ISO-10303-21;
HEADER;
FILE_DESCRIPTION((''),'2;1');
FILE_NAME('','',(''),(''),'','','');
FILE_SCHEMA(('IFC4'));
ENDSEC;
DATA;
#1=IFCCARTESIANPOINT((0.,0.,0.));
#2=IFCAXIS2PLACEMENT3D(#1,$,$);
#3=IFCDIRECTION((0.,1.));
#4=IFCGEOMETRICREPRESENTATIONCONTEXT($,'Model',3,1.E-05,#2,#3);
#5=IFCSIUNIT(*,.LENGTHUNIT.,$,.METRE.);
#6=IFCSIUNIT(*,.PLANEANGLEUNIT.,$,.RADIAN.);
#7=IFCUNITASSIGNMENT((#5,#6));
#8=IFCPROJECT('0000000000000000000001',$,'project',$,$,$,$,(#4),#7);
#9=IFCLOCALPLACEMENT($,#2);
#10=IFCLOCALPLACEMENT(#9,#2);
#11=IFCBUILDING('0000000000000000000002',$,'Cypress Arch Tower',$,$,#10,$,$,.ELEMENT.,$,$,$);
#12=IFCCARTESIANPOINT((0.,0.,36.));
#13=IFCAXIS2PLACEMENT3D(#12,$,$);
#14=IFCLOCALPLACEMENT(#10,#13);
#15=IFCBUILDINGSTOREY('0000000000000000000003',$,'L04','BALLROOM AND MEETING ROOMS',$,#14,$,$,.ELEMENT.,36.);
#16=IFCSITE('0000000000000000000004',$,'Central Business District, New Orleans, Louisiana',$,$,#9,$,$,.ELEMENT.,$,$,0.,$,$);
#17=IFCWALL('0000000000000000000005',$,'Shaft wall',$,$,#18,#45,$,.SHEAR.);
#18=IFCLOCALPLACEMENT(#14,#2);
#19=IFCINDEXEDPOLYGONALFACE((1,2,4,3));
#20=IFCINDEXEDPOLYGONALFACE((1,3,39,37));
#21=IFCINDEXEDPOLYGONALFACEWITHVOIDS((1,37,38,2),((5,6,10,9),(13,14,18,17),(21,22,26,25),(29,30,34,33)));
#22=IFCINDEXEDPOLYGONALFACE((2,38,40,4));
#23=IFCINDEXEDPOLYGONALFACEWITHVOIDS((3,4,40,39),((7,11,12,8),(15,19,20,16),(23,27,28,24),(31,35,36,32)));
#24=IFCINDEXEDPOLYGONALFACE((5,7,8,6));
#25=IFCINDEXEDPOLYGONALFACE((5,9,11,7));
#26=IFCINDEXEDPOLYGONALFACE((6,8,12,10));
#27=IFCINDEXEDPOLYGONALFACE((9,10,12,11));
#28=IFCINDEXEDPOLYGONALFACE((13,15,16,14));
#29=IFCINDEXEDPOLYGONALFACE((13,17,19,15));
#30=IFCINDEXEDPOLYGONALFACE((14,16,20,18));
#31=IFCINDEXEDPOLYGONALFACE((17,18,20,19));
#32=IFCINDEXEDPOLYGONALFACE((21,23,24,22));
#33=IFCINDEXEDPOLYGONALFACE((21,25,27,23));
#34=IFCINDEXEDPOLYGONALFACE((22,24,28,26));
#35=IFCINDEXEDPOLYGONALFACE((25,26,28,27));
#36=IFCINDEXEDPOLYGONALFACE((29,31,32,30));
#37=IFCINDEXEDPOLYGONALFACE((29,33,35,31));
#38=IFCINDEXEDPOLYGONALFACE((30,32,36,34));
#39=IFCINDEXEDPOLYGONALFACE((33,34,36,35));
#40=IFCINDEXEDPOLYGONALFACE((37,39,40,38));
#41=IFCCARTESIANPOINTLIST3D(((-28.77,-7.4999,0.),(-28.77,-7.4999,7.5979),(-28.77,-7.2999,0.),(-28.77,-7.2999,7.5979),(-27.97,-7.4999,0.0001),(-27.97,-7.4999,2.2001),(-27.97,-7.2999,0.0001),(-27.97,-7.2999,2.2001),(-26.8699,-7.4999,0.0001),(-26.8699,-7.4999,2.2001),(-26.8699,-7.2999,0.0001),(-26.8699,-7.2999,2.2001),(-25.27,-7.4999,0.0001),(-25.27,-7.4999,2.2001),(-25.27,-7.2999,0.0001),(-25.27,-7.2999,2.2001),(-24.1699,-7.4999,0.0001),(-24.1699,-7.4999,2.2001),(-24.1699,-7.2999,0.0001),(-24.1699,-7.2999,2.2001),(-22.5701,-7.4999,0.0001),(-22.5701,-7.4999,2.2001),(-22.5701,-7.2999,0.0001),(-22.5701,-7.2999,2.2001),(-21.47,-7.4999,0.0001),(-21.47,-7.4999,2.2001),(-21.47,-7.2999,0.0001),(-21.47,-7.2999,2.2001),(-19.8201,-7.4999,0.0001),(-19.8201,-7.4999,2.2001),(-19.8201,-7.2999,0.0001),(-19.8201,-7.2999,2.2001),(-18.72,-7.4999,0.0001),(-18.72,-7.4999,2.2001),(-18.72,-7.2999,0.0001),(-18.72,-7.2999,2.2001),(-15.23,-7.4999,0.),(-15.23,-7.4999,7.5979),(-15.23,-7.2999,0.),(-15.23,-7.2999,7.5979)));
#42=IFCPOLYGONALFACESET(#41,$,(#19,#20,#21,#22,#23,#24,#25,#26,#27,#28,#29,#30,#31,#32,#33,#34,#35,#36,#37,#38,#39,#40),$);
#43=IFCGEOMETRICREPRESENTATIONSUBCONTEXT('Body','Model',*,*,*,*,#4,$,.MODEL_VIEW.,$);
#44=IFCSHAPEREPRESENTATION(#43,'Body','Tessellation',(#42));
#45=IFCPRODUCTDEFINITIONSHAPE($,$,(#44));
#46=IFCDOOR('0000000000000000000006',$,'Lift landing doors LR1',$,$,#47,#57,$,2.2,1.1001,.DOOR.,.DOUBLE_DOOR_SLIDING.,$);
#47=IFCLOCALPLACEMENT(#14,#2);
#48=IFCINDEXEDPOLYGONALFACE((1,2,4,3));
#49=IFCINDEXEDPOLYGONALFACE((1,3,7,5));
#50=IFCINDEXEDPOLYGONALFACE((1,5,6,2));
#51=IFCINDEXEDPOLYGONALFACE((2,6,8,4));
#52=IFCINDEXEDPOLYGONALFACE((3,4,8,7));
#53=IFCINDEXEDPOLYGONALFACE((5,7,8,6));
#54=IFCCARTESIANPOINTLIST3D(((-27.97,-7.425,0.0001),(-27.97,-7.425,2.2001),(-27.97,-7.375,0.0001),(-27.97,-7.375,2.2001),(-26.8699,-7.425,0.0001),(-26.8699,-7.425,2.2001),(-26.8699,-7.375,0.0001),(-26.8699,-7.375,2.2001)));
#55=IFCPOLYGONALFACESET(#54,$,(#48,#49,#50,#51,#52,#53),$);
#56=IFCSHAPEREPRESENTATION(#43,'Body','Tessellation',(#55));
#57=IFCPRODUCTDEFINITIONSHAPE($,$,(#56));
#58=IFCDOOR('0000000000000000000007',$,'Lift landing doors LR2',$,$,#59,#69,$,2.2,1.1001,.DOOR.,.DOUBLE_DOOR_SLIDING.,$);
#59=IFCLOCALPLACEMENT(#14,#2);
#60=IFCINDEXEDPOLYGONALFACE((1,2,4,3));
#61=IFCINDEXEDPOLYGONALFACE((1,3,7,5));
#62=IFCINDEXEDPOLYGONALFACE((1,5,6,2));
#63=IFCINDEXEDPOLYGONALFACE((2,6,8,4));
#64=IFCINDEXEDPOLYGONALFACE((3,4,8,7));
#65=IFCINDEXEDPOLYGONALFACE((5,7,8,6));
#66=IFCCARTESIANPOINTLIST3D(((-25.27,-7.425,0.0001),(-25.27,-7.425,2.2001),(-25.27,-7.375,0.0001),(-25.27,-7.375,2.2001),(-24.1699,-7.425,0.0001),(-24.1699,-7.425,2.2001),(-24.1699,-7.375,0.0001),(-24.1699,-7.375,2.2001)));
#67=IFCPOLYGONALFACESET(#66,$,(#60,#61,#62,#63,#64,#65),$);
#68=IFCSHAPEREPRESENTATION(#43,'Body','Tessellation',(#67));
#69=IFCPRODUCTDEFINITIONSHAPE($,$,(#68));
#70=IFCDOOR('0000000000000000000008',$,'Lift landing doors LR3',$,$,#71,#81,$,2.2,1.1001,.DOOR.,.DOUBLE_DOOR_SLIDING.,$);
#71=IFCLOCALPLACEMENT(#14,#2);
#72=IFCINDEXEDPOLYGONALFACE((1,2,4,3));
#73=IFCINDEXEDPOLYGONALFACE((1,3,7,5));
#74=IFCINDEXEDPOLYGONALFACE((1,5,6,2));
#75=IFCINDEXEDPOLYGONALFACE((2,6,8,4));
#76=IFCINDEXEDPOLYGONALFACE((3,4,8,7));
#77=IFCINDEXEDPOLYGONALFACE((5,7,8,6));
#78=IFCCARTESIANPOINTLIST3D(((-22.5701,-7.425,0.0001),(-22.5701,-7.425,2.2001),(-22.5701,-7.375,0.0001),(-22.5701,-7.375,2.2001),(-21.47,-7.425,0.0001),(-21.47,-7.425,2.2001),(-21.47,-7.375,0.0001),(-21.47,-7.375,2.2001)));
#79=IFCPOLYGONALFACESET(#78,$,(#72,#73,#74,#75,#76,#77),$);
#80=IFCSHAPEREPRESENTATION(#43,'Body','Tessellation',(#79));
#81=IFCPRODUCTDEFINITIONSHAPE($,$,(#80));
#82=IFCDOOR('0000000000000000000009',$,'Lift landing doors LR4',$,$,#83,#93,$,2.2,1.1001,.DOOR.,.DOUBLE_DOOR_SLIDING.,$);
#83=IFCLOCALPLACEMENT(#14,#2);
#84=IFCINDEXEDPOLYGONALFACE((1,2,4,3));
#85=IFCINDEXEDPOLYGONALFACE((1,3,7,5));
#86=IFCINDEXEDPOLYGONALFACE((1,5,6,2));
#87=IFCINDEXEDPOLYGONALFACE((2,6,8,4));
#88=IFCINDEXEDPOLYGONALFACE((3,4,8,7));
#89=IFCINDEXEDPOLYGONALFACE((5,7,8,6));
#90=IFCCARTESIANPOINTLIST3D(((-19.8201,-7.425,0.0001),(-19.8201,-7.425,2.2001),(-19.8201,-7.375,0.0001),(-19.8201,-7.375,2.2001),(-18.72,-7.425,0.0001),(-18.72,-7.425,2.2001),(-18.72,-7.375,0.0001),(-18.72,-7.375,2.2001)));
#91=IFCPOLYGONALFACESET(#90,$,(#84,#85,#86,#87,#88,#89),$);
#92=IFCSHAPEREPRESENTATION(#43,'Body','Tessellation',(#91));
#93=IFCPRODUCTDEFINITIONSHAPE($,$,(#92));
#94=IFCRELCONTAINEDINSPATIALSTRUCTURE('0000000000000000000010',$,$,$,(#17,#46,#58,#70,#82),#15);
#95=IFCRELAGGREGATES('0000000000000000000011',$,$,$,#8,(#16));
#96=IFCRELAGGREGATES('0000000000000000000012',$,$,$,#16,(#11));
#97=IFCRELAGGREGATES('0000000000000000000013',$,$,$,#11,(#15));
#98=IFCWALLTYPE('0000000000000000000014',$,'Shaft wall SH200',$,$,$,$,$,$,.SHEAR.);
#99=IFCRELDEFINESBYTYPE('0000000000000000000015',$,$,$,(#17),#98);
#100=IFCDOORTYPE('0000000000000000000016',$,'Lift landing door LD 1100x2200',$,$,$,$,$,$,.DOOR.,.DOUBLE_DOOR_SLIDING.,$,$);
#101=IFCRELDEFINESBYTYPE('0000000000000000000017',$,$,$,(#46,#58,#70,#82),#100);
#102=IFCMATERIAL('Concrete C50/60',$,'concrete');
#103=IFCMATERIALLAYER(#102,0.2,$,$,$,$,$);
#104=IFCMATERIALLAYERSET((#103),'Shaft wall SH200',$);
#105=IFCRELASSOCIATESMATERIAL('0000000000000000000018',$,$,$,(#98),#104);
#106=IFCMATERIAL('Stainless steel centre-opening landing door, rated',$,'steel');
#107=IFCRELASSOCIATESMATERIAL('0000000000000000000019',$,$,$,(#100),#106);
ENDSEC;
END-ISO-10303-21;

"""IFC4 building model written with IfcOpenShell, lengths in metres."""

from ifc_helpers import new_model, si_unit, direction, frame, frame_2d, origin, place, context, subcontext, project, spatial, rectangle, extrude, material, layer, layer_set, type_object, element, fill, save


model = new_model("IFC4")

# Units and contexts
model_context = context("Model", 3, precision=1e-05, world=origin(), true_north=direction((0.0, 1.0)))
body_context = subcontext(model_context, "Body", "Model", "MODEL_VIEW")
ifc_project = project(units=[si_unit("LENGTHUNIT", "METRE"), si_unit("PLANEANGLEUNIT", "RADIAN")], contexts=[model_context])

# Site, building, storey
site_placement = place(None, origin())
site = spatial("IfcSite", under=ifc_project, at=site_placement, Name="Central Business District, New Orleans, Louisiana", CompositionType="ELEMENT", RefElevation=0.0)
building_placement = place(site_placement, origin())
building = spatial("IfcBuilding", under=site, at=building_placement, Name="Cypress Arch Tower", CompositionType="ELEMENT")
storey_placement = place(building_placement, frame((0.0, 0.0, 36.0)))
storey = spatial("IfcBuildingStorey", under=building, at=storey_placement, Name="L04", Description="BALLROOM AND MEETING ROOMS", CompositionType="ELEMENT", Elevation=36.0)

# Wall, openings, doors
ifc_material_1 = material(Name="Concrete C50/60", Category="concrete")
ifc_layer_1 = layer(ifc_material_1, 0.2)
ifc_layer_set_1 = layer_set([ifc_layer_1], Name="Shaft wall SH200")
wall_type_1 = type_object("IfcWallType", Name="Shaft wall SH200", PredefinedType="SHEAR", material=ifc_layer_set_1)
wall_1_placement = place(storey_placement, frame((-28.77, -7.3999, 0.0), z_axis=(0.0, 0.0, 1.0), x_axis=(1.0, 0.0, 0.0)))
wall_1 = element("IfcWall", 1, at=wall_1_placement, inside=storey, type_object=wall_type_1, Name="Shaft wall", PredefinedType="SHEAR", context=body_context, shape_type="SweptSolid", body=[
    extrude(rectangle(XDim=13.54, YDim=0.2, at=frame_2d((6.77, 0.0))), origin(), (0.0, 0.0, 1.0), 7.5979),
])
opening_1_placement = place(wall_1_placement, frame((0.8, 0.0, 0.0)))
opening_1 = element("IfcOpeningElement", 2, at=opening_1_placement, cuts=wall_1, PredefinedType="OPENING", context=body_context, shape_type="SweptSolid", body=[
    extrude(rectangle(XDim=1.1001, YDim=2.2, at=frame_2d((0.55, 1.1001))), frame((0.0, 0.1099, 0.0), z_axis=(0.0, -1.0, 0.0), x_axis=(1.0, 0.0, 0.0)), (0.0, 0.0, 1.0), 0.22),
])
opening_2_placement = place(wall_1_placement, frame((3.5, 0.0, 0.0)))
opening_2 = element("IfcOpeningElement", 3, at=opening_2_placement, cuts=wall_1, PredefinedType="OPENING", context=body_context, shape_type="SweptSolid", body=[
    extrude(rectangle(XDim=1.1001, YDim=2.2, at=frame_2d((0.55, 1.1001))), frame((0.0, 0.1099, 0.0), z_axis=(0.0, -1.0, 0.0), x_axis=(1.0, 0.0, 0.0)), (0.0, 0.0, 1.0), 0.22),
])
opening_3_placement = place(wall_1_placement, frame((6.2, 0.0, 0.0)))
opening_3 = element("IfcOpeningElement", 4, at=opening_3_placement, cuts=wall_1, PredefinedType="OPENING", context=body_context, shape_type="SweptSolid", body=[
    extrude(rectangle(XDim=1.1001, YDim=2.2, at=frame_2d((0.55, 1.1001))), frame((0.0, 0.1099, 0.0), z_axis=(0.0, -1.0, 0.0), x_axis=(1.0, 0.0, 0.0)), (0.0, 0.0, 1.0), 0.22),
])
opening_4_placement = place(wall_1_placement, frame((8.95, 0.0, 0.0)))
opening_4 = element("IfcOpeningElement", 5, at=opening_4_placement, cuts=wall_1, PredefinedType="OPENING", context=body_context, shape_type="SweptSolid", body=[
    extrude(rectangle(XDim=1.1001, YDim=2.2, at=frame_2d((0.55, 1.1001))), frame((0.0, 0.1099, 0.0), z_axis=(0.0, -1.0, 0.0), x_axis=(1.0, 0.0, 0.0)), (0.0, 0.0, 1.0), 0.22),
])
ifc_material_2 = material(Name="Stainless steel centre-opening landing door, rated", Category="steel")
door_type = type_object("IfcDoorType", Name="Lift landing door LD 1100x2200", OperationType="DOUBLE_DOOR_SLIDING", PredefinedType="DOOR", material=ifc_material_2)
door_1_placement = place(opening_1_placement, origin())
door_1 = element("IfcDoor", 6, at=door_1_placement, inside=storey, type_object=door_type, Name="Lift landing doors LR1", OperationType="DOUBLE_DOOR_SLIDING", OverallHeight=2.2, OverallWidth=1.1001, PredefinedType="DOOR", context=body_context, shape_type="SweptSolid", body=[
    extrude(rectangle(XDim=1.1001, YDim=2.2, at=frame_2d((0.55, 1.1001))), frame((0.0, 0.0249, 0.0), z_axis=(0.0, -1.0, 0.0), x_axis=(1.0, 0.0, 0.0)), (0.0, 0.0, 1.0), 0.05),
])
fill(opening_1, door_1)
door_2_placement = place(opening_2_placement, origin())
door_2 = element("IfcDoor", 7, at=door_2_placement, inside=storey, type_object=door_type, Name="Lift landing doors LR2", OperationType="DOUBLE_DOOR_SLIDING", OverallHeight=2.2, OverallWidth=1.1001, PredefinedType="DOOR", context=body_context, shape_type="SweptSolid", body=[
    extrude(rectangle(XDim=1.1001, YDim=2.2, at=frame_2d((0.55, 1.1001))), frame((0.0, 0.0249, 0.0), z_axis=(0.0, -1.0, 0.0), x_axis=(1.0, 0.0, 0.0)), (0.0, 0.0, 1.0), 0.05),
])
fill(opening_2, door_2)
door_3_placement = place(opening_3_placement, origin())
door_3 = element("IfcDoor", 8, at=door_3_placement, inside=storey, type_object=door_type, Name="Lift landing doors LR3", OperationType="DOUBLE_DOOR_SLIDING", OverallHeight=2.2, OverallWidth=1.1001, PredefinedType="DOOR", context=body_context, shape_type="SweptSolid", body=[
    extrude(rectangle(XDim=1.1001, YDim=2.2, at=frame_2d((0.55, 1.1001))), frame((0.0, 0.0249, 0.0), z_axis=(0.0, -1.0, 0.0), x_axis=(1.0, 0.0, 0.0)), (0.0, 0.0, 1.0), 0.05),
])
fill(opening_3, door_3)
door_4_placement = place(opening_4_placement, origin())
door_4 = element("IfcDoor", 9, at=door_4_placement, inside=storey, type_object=door_type, Name="Lift landing doors LR4", OperationType="DOUBLE_DOOR_SLIDING", OverallHeight=2.2, OverallWidth=1.1001, PredefinedType="DOOR", context=body_context, shape_type="SweptSolid", body=[
    extrude(rectangle(XDim=1.1001, YDim=2.2, at=frame_2d((0.55, 1.1001))), frame((0.0, 0.0249, 0.0), z_axis=(0.0, -1.0, 0.0), x_axis=(1.0, 0.0, 0.0)), (0.0, 0.0, 1.0), 0.05),
])
fill(opening_4, door_4)

save(model, "model.ifc")
